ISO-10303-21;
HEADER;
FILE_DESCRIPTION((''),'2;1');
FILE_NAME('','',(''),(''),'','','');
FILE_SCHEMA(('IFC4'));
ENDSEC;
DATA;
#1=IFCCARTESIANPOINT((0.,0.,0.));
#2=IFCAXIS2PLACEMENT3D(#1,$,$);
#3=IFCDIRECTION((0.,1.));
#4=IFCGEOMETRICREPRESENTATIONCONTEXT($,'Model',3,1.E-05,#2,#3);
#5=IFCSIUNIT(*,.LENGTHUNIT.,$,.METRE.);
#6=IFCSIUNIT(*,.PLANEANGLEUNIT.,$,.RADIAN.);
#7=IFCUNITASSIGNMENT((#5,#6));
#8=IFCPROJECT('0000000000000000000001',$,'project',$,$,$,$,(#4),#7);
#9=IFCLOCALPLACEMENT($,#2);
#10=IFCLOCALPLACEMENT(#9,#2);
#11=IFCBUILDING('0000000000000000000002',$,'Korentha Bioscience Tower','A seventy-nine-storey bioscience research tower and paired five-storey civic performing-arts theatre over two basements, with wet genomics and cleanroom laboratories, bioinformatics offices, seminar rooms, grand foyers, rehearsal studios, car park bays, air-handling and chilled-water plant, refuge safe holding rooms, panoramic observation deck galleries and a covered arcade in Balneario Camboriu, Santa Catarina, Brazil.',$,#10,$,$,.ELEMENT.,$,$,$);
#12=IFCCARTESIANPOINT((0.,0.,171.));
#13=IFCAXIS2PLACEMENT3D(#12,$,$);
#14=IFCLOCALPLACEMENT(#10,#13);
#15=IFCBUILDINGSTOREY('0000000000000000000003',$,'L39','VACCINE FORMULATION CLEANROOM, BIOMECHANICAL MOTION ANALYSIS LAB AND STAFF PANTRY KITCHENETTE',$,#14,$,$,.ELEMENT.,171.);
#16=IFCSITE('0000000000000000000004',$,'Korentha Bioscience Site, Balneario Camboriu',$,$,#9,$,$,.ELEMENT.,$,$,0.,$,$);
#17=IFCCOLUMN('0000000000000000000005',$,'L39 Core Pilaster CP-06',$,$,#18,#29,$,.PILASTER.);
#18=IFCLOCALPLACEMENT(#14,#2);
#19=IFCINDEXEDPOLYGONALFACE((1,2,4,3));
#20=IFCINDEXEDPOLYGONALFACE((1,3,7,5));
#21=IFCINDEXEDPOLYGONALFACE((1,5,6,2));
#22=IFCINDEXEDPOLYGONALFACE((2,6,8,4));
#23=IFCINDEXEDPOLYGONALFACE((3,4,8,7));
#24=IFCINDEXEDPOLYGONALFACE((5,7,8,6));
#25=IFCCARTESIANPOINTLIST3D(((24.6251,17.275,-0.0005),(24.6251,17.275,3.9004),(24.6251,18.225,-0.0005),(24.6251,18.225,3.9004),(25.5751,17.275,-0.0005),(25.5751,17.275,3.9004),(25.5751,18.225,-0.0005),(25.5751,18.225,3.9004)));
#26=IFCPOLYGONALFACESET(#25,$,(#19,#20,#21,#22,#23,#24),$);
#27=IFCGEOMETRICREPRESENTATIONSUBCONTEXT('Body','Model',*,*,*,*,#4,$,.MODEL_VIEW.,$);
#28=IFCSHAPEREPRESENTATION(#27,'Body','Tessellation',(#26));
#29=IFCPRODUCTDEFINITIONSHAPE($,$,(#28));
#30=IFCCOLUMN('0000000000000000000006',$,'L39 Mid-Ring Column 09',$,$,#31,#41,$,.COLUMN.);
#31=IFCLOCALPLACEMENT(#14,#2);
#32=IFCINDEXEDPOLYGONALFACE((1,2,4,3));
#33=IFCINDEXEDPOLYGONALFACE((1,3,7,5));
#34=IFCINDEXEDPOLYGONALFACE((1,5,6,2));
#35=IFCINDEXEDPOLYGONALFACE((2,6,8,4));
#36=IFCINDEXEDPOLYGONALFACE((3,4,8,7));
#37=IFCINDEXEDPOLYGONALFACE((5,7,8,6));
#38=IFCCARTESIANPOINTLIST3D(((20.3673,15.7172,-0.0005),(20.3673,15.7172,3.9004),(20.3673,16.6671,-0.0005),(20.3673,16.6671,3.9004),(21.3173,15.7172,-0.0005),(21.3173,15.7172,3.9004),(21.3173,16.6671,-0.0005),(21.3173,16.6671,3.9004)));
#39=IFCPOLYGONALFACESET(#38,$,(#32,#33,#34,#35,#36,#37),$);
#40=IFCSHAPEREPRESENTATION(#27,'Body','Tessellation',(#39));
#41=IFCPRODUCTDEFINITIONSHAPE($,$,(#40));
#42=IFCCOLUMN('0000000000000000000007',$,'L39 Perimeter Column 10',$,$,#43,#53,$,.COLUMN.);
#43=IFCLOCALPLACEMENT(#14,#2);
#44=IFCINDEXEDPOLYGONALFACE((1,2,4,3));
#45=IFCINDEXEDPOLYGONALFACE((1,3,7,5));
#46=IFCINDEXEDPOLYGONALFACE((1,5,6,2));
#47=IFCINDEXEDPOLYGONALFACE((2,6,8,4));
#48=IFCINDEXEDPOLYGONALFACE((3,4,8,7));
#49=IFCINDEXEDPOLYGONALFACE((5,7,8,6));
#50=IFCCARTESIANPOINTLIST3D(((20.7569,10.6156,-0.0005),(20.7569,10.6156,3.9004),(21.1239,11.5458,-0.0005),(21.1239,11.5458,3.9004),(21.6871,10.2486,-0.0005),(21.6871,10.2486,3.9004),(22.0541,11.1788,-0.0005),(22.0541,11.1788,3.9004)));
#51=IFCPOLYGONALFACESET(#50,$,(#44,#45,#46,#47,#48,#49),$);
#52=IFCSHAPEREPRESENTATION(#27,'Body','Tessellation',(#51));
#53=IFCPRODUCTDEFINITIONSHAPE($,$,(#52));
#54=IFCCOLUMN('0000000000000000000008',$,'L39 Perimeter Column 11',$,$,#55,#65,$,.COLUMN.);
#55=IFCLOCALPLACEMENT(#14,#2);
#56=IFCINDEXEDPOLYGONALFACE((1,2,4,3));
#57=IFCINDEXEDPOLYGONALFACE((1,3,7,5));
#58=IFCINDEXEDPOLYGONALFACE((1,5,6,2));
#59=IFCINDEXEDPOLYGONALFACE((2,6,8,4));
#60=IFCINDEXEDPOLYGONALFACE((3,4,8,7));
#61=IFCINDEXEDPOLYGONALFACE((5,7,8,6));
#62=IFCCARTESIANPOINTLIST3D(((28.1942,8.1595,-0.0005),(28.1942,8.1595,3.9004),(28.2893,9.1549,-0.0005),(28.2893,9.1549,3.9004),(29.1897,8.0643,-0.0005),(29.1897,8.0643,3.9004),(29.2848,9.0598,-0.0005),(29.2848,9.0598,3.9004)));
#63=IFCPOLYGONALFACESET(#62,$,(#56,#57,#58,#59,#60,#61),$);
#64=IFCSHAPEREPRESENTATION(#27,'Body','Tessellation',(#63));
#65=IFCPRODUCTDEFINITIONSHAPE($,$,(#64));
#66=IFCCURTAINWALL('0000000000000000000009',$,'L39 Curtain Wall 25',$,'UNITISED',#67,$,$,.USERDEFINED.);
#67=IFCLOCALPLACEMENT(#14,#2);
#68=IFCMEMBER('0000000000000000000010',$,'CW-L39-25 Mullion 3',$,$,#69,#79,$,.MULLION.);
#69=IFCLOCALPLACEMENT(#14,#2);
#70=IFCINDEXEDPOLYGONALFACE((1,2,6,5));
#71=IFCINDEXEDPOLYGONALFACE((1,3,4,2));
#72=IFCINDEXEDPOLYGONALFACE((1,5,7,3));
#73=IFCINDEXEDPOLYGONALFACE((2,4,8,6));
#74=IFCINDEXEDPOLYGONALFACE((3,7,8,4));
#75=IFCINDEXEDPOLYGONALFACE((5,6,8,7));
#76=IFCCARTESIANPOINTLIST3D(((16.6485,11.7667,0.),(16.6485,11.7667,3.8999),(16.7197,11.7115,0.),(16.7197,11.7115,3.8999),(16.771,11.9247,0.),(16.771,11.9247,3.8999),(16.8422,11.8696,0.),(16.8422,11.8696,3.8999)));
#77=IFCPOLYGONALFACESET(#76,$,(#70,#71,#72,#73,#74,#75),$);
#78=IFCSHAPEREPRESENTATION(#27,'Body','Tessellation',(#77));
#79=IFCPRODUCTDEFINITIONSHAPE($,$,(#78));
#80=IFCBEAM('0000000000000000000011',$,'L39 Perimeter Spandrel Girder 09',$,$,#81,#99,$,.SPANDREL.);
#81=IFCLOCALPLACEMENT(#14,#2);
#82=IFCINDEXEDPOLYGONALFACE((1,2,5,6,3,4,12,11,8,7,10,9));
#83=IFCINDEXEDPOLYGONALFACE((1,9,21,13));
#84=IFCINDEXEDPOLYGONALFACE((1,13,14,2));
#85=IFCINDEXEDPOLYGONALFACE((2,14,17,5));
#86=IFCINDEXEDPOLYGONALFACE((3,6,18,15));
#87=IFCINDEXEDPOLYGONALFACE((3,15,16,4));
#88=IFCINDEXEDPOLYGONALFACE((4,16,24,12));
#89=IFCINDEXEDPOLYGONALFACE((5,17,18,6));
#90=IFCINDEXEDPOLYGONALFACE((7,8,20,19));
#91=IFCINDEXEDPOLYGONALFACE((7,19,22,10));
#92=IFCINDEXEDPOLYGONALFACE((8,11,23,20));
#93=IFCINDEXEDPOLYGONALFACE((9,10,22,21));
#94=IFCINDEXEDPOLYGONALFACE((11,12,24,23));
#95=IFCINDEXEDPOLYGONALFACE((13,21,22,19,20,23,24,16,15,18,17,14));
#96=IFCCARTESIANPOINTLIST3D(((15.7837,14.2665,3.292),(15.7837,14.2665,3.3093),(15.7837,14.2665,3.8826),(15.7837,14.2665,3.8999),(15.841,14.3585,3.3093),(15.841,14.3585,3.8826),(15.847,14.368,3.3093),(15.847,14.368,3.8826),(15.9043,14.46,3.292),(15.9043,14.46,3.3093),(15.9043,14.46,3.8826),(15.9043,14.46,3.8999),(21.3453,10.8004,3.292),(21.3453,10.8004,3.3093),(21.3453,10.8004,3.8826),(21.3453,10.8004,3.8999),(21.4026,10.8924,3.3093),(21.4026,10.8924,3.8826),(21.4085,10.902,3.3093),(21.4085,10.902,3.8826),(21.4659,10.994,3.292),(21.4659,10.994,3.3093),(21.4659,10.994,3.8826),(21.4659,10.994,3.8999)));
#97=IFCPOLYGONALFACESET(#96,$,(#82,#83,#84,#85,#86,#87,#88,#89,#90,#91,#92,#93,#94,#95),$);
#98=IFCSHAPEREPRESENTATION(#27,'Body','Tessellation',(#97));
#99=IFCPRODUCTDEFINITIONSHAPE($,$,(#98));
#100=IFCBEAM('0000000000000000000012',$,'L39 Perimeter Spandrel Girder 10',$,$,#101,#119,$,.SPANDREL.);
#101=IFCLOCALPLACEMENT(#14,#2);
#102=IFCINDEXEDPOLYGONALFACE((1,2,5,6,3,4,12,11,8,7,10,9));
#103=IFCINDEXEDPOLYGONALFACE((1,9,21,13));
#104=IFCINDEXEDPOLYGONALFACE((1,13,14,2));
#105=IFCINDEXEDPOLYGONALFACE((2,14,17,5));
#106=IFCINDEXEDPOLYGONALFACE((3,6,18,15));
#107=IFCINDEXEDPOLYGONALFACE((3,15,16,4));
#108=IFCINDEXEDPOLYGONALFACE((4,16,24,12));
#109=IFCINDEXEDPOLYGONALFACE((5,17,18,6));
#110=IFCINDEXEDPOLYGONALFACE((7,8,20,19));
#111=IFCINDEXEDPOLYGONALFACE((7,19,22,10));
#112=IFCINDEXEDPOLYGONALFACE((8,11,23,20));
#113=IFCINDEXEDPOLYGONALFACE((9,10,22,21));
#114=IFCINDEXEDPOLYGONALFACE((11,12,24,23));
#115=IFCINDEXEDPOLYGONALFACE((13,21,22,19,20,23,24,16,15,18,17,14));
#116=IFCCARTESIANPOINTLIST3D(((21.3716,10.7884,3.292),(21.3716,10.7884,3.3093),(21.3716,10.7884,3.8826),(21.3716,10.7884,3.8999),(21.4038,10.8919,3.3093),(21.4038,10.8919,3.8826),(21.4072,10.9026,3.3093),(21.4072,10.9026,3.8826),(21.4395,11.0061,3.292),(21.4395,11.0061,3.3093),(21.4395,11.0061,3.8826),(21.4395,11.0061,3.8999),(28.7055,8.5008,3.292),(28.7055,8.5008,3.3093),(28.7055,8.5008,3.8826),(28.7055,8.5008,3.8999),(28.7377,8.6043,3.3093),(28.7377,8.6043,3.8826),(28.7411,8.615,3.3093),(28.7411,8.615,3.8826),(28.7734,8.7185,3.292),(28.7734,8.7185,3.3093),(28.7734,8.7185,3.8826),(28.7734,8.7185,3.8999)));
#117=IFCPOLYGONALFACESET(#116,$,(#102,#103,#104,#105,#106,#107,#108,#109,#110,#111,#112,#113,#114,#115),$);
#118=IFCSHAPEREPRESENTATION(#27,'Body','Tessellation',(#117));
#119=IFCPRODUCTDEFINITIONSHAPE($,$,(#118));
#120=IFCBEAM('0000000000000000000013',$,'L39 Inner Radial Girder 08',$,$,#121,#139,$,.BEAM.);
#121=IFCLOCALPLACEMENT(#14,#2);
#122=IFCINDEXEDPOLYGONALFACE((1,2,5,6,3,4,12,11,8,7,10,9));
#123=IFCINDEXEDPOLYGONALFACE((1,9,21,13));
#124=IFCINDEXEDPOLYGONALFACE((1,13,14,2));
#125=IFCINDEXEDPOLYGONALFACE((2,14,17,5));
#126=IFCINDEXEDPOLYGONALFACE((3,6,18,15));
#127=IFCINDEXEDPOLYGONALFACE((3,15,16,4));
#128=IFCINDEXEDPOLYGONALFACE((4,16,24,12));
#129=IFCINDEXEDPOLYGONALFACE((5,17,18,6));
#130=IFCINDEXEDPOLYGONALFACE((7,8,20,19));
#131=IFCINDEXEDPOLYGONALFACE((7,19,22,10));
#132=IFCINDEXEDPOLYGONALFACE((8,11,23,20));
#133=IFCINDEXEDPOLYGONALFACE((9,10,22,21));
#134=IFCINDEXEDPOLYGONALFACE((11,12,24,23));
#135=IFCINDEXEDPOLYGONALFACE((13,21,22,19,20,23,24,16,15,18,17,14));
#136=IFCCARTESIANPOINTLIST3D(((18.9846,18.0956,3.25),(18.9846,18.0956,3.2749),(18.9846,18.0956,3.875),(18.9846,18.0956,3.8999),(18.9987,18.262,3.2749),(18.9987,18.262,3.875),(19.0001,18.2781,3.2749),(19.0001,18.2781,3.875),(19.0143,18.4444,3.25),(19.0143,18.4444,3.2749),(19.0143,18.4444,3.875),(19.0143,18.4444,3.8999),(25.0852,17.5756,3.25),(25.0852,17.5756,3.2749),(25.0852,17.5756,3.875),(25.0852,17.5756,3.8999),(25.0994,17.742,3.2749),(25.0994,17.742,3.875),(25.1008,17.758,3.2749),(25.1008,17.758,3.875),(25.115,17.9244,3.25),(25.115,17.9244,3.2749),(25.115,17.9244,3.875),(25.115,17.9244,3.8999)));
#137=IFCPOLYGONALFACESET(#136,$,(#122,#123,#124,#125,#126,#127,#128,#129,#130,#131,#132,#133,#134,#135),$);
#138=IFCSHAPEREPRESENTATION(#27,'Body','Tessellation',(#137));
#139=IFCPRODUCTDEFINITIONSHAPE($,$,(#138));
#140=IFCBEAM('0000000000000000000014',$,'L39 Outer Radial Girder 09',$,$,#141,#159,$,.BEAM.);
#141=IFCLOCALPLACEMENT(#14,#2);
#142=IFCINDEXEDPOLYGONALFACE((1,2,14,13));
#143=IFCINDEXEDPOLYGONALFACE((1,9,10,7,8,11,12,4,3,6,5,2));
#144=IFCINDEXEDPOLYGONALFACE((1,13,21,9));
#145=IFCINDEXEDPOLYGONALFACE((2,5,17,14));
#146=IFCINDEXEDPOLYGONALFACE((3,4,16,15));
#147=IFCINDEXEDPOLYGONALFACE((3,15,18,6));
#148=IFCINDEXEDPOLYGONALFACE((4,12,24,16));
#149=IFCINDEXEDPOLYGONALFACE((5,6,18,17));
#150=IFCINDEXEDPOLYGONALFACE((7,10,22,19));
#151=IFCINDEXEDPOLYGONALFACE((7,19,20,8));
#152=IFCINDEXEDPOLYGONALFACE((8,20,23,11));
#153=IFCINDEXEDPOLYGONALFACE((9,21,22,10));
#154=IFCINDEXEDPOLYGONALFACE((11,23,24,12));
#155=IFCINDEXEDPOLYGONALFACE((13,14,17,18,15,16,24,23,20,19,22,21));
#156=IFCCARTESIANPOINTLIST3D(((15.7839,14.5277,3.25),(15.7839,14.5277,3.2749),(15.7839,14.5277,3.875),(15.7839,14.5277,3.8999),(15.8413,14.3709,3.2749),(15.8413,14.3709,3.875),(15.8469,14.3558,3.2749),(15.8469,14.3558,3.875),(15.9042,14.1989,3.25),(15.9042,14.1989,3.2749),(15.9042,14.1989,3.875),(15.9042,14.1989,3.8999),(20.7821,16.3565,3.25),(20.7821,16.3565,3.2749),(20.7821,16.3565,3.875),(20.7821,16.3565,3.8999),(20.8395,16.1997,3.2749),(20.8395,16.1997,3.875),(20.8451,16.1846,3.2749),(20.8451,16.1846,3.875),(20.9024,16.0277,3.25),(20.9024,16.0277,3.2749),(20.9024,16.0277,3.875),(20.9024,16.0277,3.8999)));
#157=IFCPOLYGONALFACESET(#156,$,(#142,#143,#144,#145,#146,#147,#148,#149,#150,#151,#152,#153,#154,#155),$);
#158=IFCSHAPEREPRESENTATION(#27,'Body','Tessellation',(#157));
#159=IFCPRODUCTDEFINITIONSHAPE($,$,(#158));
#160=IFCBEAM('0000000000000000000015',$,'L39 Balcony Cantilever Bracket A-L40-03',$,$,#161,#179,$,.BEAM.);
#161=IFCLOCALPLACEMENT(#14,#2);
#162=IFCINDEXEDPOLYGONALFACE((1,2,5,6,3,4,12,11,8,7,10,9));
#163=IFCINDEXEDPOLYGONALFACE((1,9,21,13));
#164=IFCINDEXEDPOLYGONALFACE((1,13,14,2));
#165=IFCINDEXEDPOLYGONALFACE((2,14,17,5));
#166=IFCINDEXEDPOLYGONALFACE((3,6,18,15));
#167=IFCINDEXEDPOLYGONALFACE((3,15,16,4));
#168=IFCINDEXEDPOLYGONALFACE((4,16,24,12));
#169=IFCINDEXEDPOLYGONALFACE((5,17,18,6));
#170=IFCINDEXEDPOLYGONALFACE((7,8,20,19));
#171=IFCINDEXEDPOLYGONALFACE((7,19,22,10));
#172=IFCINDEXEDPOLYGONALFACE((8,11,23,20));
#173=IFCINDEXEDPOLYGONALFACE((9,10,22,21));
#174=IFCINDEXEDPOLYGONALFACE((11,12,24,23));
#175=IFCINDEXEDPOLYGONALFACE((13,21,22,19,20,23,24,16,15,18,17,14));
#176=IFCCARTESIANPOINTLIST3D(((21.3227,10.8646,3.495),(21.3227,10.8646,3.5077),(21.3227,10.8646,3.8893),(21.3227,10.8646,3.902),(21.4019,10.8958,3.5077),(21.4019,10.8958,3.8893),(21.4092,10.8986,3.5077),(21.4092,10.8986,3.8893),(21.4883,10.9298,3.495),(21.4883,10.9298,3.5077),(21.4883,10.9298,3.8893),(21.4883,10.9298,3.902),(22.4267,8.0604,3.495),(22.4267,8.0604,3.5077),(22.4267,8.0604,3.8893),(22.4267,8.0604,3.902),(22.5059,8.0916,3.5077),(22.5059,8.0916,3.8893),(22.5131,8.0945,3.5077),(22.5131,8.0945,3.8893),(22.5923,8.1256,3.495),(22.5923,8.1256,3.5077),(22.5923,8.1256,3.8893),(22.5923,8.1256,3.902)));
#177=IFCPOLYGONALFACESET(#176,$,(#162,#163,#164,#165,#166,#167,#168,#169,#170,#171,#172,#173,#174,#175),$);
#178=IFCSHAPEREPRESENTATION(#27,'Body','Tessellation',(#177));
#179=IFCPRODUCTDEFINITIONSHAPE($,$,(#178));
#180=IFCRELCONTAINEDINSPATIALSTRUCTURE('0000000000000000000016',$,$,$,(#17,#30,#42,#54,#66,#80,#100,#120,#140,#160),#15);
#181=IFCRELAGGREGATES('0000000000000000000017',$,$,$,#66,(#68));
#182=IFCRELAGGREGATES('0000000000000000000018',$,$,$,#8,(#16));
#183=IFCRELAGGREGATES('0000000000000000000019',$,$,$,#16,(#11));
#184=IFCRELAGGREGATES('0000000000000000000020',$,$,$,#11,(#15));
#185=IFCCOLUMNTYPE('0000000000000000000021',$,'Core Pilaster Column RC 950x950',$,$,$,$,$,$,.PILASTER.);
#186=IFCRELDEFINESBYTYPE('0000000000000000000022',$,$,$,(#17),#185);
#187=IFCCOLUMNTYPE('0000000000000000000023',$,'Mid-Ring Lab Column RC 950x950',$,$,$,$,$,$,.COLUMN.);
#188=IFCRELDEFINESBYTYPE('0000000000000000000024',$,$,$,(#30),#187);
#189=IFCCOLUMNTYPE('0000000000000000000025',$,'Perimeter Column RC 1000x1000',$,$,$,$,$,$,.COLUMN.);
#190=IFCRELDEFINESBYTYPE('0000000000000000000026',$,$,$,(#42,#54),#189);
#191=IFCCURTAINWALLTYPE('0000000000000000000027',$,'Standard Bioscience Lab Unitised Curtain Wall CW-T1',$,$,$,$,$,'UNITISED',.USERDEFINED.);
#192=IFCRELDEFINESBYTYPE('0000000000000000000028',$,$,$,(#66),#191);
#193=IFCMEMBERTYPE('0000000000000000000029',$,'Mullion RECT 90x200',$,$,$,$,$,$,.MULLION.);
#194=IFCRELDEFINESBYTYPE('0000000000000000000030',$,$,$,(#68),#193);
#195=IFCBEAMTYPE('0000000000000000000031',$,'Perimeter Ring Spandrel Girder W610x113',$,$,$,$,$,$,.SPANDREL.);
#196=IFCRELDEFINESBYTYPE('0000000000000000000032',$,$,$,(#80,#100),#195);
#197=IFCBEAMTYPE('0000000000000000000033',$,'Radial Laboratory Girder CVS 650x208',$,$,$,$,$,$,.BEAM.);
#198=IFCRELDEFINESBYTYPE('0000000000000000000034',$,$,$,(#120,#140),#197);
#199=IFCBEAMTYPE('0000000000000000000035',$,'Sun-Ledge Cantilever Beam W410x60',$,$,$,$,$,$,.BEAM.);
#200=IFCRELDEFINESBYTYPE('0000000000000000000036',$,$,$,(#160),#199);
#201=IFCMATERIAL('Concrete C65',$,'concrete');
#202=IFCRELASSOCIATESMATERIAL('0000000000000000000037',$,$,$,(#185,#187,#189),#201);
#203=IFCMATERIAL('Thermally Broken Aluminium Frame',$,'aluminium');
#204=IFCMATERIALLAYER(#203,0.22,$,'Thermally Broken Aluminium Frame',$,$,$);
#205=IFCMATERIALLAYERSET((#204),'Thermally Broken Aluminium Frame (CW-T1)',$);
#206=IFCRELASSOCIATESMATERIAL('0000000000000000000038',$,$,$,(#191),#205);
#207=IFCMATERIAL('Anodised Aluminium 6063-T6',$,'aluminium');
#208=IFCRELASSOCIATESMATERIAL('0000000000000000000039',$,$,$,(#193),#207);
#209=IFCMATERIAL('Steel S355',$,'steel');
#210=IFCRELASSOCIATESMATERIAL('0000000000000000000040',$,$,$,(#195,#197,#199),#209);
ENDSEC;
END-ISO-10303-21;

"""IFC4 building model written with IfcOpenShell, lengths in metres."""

from ifc_helpers import new_model, si_unit, direction, frame, origin, origin_2d, place, context, subcontext, project, spatial, rectangle, i_section, extrude, material, layer, layer_set, material_profile, profile_set, type_object, element, aggregate, save


model = new_model("IFC4")

# Units and contexts
model_context = context("Model", 3, precision=1e-05, world=origin(), true_north=direction((0.0, 1.0)))
body_context = subcontext(model_context, "Body", "Model", "MODEL_VIEW")
ifc_project = project(units=[si_unit("LENGTHUNIT", "METRE"), si_unit("PLANEANGLEUNIT", "RADIAN")], contexts=[model_context])

# Site, building, storey
site_placement = place(None, origin())
site = spatial("IfcSite", under=ifc_project, at=site_placement, Name="Korentha Bioscience Site, Balneario Camboriu", CompositionType="ELEMENT", RefElevation=0.0)
building_placement = place(site_placement, origin())
building = spatial("IfcBuilding", under=site, at=building_placement, Name="Korentha Bioscience Tower", Description="A seventy-nine-storey bioscience research tower and paired five-storey civic performing-arts theatre over two basements, with wet genomics and cleanroom laboratories, bioinformatics offices, seminar rooms, grand foyers, rehearsal studios, car park bays, air-handling and chilled-water plant, refuge safe holding rooms, panoramic observation deck galleries and a covered arcade in Balneario Camboriu, Santa Catarina, Brazil.", CompositionType="ELEMENT")
storey_placement = place(building_placement, frame((0.0, 0.0, 171.0)))
storey = spatial("IfcBuildingStorey", under=building, at=storey_placement, Name="L39", Description="VACCINE FORMULATION CLEANROOM, BIOMECHANICAL MOTION ANALYSIS LAB AND STAFF PANTRY KITCHENETTE", CompositionType="ELEMENT", Elevation=171.0)

# Columns
ifc_material_1 = material(Name="Concrete C65", Category="concrete")
ifc_material_profile_1 = material_profile(ifc_material_1, rectangle(XDim=0.95, YDim=0.95, at=origin_2d()), Name="Concrete C65")
ifc_profile_set_1 = profile_set([ifc_material_profile_1], Name="Concrete C65 (COL-CP09)")
column_type_1 = type_object("IfcColumnType", Name="Core Pilaster Column RC 950x950", PredefinedType="PILASTER", material=ifc_profile_set_1)
column_1_placement = place(storey_placement, frame((25.1001, 17.75, -0.0005), z_axis=(0.0, 0.0, 1.0), x_axis=(1.0, 0.0, 0.0)))
element("IfcColumn", 1, at=column_1_placement, inside=storey, type_object=column_type_1, Name="L39 Core Pilaster CP-06", PredefinedType="PILASTER", context=body_context, shape_type="SweptSolid", body=[
    extrude(rectangle(XDim=0.95, YDim=0.95, at=origin_2d()), origin(), (0.0, 0.0, 1.0), 3.9009),
])
ifc_material_profile_2 = material_profile(ifc_material_1, rectangle(XDim=0.95, YDim=0.95, at=origin_2d()), Name="Concrete C65")
ifc_profile_set_2 = profile_set([ifc_material_profile_2], Name="Concrete C65 (COL-MR09)")
column_type_2 = type_object("IfcColumnType", Name="Mid-Ring Lab Column RC 950x950", PredefinedType="COLUMN", material=ifc_profile_set_2)
column_2_placement = place(storey_placement, frame((20.8423, 16.1921, -0.0005), z_axis=(0.0, 0.0, 1.0), x_axis=(1.0, 0.0, 0.0)))
element("IfcColumn", 2, at=column_2_placement, inside=storey, type_object=column_type_2, Name="L39 Mid-Ring Column 09", PredefinedType="COLUMN", context=body_context, shape_type="SweptSolid", body=[
    extrude(rectangle(XDim=0.95, YDim=0.95, at=origin_2d()), origin(), (0.0, 0.0, 1.0), 3.9009),
])
ifc_material_profile_3 = material_profile(ifc_material_1, rectangle(XDim=1.0, YDim=1.0, at=origin_2d()), Name="Concrete C65")
ifc_profile_set_3 = profile_set([ifc_material_profile_3], Name="Concrete C65 (COL-P10)")
column_type_3 = type_object("IfcColumnType", Name="Perimeter Column RC 1000x1000", PredefinedType="COLUMN", material=ifc_profile_set_3)
for number, where, z_axis, x_axis, name in (
    (3, (21.4055, 10.8972, -0.0005), (0.0, 0.0, 1.0), (-0.930226, 0.366988, 0.0), "L39 Perimeter Column 10"),
    (4, (28.7395, 8.6096, -0.0005), (0.0, 0.0, 1.0), (-0.995463, 0.095151, 0.0), "L39 Perimeter Column 11"),
):
    element("IfcColumn", number, at=place(storey_placement, frame(where, z_axis=z_axis, x_axis=x_axis)), inside=storey, type_object=column_type_3, Name=name, PredefinedType="COLUMN", context=body_context, shape_type="SweptSolid", body=[
        extrude(rectangle(XDim=1.0, YDim=1.0, at=origin_2d()), origin(), (0.0, 0.0, 1.0), 3.9009),
    ])

# Curtain wall, member
ifc_material_2 = material(Name="Thermally Broken Aluminium Frame", Category="aluminium")
ifc_layer_1 = layer(ifc_material_2, 0.22, Name="Thermally Broken Aluminium Frame")
ifc_layer_set_1 = layer_set([ifc_layer_1], Name="Thermally Broken Aluminium Frame (CW-T1)")
curtain_wall_type = type_object("IfcCurtainWallType", Name="Standard Bioscience Lab Unitised Curtain Wall CW-T1", ElementType="UNITISED", PredefinedType="USERDEFINED", material=ifc_layer_set_1)
curtain_wall_placement = place(storey_placement, origin())
curtain_wall = element("IfcCurtainWall", 5, at=curtain_wall_placement, inside=storey, type_object=curtain_wall_type, Name="L39 Curtain Wall 25", ObjectType="UNITISED", PredefinedType="USERDEFINED")
ifc_material_3 = material(Name="Anodised Aluminium 6063-T6", Category="aluminium")
ifc_material_profile_4 = material_profile(ifc_material_3, rectangle(XDim=0.0901, YDim=0.2, at=origin_2d()), Name="Anodised Aluminium 6063-T6")
ifc_profile_set_4 = profile_set([ifc_material_profile_4], Name="Anodised Aluminium 6063-T6 (CW-MUL)")
member_type = type_object("IfcMemberType", Name="Mullion RECT 90x200", PredefinedType="MULLION", material=ifc_profile_set_4)
member_placement = place(storey_placement, frame((16.7454, 11.8181, 0.0), z_axis=(0.0, 0.0, 1.0), x_axis=(0.790547, -0.612402, 0.0)))
member = element("IfcMember", 6, at=member_placement, type_object=member_type, Name="CW-L39-25 Mullion 3", PredefinedType="MULLION", context=body_context, shape_type="SweptSolid", body=[
    extrude(rectangle(XDim=0.0901, YDim=0.2, at=origin_2d()), origin(), (0.0, 0.0, 1.0), 3.8999),
])

# Beams
ifc_material_4 = material(Name="Steel S355", Category="steel")
ifc_material_profile_5 = material_profile(ifc_material_4, i_section(OverallWidth=0.228, OverallDepth=0.6079, WebThickness=0.0112, FlangeThickness=0.0173, at=origin_2d()), Name="Steel S355")
ifc_profile_set_5 = profile_set([ifc_material_profile_5], Name="Steel S355 (SB-610)")
beam_type_1 = type_object("IfcBeamType", Name="Perimeter Ring Spandrel Girder W610x113", PredefinedType="SPANDREL", material=ifc_profile_set_5)
beam_1_placement = place(storey_placement, frame((15.844, 14.3633, 3.5959), z_axis=(0.848676, -0.528913, 0.0), x_axis=(0.528913, 0.848676, 0.0)))
element("IfcBeam", 7, at=beam_1_placement, inside=storey, type_object=beam_type_1, Name="L39 Perimeter Spandrel Girder 09", PredefinedType="SPANDREL", context=body_context, shape_type="SweptSolid", body=[
    extrude(i_section(OverallWidth=0.228, OverallDepth=0.6079, WebThickness=0.0112, FlangeThickness=0.0173, at=origin_2d()), origin(), (0.0, 0.0, 1.0), 6.5532),
])
beam_2_placement = place(storey_placement, frame((21.4055, 10.8972, 3.5959), z_axis=(0.954638, -0.297768, 0.0), x_axis=(0.297768, 0.954638, 0.0)))
element("IfcBeam", 8, at=beam_2_placement, inside=storey, type_object=beam_type_1, Name="L39 Perimeter Spandrel Girder 10", PredefinedType="SPANDREL", context=body_context, shape_type="SweptSolid", body=[
    extrude(i_section(OverallWidth=0.228, OverallDepth=0.6079, WebThickness=0.0112, FlangeThickness=0.0173, at=origin_2d()), origin(), (0.0, 0.0, 1.0), 7.6824),
])
ifc_material_profile_6 = material_profile(ifc_material_4, i_section(OverallWidth=0.3501, OverallDepth=0.6499, WebThickness=0.0161, FlangeThickness=0.0249, at=origin_2d()), Name="Steel S355")
ifc_profile_set_6 = profile_set([ifc_material_profile_6], Name="Steel S355 (RB-650)")
beam_type_2 = type_object("IfcBeamType", Name="Radial Laboratory Girder CVS 650x208", PredefinedType="BEAM", material=ifc_profile_set_6)
beam_3_placement = place(storey_placement, frame((25.1001, 17.75, 3.575), z_axis=(-0.996387, 0.084933, 0.0), x_axis=(-0.084933, -0.996387, 0.0)))
element("IfcBeam", 9, at=beam_3_placement, inside=storey, type_object=beam_type_2, Name="L39 Inner Radial Girder 08", PredefinedType="BEAM", context=body_context, shape_type="SweptSolid", body=[
    extrude(i_section(OverallWidth=0.3501, OverallDepth=0.6499, WebThickness=0.0161, FlangeThickness=0.0249, at=origin_2d()), origin(), (0.0, 0.0, 1.0), 6.1228),
])
beam_4_placement = place(storey_placement, frame((20.8423, 16.1921, 3.575), z_axis=(-0.93911, -0.343617, 0.0), x_axis=(0.343617, -0.93911, 0.0)))
element("IfcBeam", 10, at=beam_4_placement, inside=storey, type_object=beam_type_2, Name="L39 Outer Radial Girder 09", PredefinedType="BEAM", context=body_context, shape_type="SweptSolid", body=[
    extrude(i_section(OverallWidth=0.3501, OverallDepth=0.6499, WebThickness=0.0161, FlangeThickness=0.0249, at=origin_2d()), origin(), (0.0, 0.0, 1.0), 5.3223),
])
ifc_material_profile_7 = material_profile(ifc_material_4, i_section(OverallWidth=0.178, OverallDepth=0.407, WebThickness=0.0078, FlangeThickness=0.0127, at=origin_2d()), Name="Steel S355")
ifc_profile_set_7 = profile_set([ifc_material_profile_7], Name="Steel S355 (CB-410)")
beam_type_3 = type_object("IfcBeamType", Name="Sun-Ledge Cantilever Beam W410x60", PredefinedType="BEAM", material=ifc_profile_set_7)
beam_5_placement = place(storey_placement, frame((21.4055, 10.8972, 3.6985), z_axis=(0.366329, -0.930485, 0.0), x_axis=(0.930485, 0.366329, 0.0)))
element("IfcBeam", 11, at=beam_5_placement, inside=storey, type_object=beam_type_3, Name="L39 Balcony Cantilever Bracket A-L40-03", PredefinedType="BEAM", context=body_context, shape_type="SweptSolid", body=[
    extrude(i_section(OverallWidth=0.178, OverallDepth=0.407, WebThickness=0.0078, FlangeThickness=0.0127, at=origin_2d()), origin(), (0.0, 0.0, 1.0), 3.0137),
])

aggregate(curtain_wall, [member])

save(model, "model.ifc")
